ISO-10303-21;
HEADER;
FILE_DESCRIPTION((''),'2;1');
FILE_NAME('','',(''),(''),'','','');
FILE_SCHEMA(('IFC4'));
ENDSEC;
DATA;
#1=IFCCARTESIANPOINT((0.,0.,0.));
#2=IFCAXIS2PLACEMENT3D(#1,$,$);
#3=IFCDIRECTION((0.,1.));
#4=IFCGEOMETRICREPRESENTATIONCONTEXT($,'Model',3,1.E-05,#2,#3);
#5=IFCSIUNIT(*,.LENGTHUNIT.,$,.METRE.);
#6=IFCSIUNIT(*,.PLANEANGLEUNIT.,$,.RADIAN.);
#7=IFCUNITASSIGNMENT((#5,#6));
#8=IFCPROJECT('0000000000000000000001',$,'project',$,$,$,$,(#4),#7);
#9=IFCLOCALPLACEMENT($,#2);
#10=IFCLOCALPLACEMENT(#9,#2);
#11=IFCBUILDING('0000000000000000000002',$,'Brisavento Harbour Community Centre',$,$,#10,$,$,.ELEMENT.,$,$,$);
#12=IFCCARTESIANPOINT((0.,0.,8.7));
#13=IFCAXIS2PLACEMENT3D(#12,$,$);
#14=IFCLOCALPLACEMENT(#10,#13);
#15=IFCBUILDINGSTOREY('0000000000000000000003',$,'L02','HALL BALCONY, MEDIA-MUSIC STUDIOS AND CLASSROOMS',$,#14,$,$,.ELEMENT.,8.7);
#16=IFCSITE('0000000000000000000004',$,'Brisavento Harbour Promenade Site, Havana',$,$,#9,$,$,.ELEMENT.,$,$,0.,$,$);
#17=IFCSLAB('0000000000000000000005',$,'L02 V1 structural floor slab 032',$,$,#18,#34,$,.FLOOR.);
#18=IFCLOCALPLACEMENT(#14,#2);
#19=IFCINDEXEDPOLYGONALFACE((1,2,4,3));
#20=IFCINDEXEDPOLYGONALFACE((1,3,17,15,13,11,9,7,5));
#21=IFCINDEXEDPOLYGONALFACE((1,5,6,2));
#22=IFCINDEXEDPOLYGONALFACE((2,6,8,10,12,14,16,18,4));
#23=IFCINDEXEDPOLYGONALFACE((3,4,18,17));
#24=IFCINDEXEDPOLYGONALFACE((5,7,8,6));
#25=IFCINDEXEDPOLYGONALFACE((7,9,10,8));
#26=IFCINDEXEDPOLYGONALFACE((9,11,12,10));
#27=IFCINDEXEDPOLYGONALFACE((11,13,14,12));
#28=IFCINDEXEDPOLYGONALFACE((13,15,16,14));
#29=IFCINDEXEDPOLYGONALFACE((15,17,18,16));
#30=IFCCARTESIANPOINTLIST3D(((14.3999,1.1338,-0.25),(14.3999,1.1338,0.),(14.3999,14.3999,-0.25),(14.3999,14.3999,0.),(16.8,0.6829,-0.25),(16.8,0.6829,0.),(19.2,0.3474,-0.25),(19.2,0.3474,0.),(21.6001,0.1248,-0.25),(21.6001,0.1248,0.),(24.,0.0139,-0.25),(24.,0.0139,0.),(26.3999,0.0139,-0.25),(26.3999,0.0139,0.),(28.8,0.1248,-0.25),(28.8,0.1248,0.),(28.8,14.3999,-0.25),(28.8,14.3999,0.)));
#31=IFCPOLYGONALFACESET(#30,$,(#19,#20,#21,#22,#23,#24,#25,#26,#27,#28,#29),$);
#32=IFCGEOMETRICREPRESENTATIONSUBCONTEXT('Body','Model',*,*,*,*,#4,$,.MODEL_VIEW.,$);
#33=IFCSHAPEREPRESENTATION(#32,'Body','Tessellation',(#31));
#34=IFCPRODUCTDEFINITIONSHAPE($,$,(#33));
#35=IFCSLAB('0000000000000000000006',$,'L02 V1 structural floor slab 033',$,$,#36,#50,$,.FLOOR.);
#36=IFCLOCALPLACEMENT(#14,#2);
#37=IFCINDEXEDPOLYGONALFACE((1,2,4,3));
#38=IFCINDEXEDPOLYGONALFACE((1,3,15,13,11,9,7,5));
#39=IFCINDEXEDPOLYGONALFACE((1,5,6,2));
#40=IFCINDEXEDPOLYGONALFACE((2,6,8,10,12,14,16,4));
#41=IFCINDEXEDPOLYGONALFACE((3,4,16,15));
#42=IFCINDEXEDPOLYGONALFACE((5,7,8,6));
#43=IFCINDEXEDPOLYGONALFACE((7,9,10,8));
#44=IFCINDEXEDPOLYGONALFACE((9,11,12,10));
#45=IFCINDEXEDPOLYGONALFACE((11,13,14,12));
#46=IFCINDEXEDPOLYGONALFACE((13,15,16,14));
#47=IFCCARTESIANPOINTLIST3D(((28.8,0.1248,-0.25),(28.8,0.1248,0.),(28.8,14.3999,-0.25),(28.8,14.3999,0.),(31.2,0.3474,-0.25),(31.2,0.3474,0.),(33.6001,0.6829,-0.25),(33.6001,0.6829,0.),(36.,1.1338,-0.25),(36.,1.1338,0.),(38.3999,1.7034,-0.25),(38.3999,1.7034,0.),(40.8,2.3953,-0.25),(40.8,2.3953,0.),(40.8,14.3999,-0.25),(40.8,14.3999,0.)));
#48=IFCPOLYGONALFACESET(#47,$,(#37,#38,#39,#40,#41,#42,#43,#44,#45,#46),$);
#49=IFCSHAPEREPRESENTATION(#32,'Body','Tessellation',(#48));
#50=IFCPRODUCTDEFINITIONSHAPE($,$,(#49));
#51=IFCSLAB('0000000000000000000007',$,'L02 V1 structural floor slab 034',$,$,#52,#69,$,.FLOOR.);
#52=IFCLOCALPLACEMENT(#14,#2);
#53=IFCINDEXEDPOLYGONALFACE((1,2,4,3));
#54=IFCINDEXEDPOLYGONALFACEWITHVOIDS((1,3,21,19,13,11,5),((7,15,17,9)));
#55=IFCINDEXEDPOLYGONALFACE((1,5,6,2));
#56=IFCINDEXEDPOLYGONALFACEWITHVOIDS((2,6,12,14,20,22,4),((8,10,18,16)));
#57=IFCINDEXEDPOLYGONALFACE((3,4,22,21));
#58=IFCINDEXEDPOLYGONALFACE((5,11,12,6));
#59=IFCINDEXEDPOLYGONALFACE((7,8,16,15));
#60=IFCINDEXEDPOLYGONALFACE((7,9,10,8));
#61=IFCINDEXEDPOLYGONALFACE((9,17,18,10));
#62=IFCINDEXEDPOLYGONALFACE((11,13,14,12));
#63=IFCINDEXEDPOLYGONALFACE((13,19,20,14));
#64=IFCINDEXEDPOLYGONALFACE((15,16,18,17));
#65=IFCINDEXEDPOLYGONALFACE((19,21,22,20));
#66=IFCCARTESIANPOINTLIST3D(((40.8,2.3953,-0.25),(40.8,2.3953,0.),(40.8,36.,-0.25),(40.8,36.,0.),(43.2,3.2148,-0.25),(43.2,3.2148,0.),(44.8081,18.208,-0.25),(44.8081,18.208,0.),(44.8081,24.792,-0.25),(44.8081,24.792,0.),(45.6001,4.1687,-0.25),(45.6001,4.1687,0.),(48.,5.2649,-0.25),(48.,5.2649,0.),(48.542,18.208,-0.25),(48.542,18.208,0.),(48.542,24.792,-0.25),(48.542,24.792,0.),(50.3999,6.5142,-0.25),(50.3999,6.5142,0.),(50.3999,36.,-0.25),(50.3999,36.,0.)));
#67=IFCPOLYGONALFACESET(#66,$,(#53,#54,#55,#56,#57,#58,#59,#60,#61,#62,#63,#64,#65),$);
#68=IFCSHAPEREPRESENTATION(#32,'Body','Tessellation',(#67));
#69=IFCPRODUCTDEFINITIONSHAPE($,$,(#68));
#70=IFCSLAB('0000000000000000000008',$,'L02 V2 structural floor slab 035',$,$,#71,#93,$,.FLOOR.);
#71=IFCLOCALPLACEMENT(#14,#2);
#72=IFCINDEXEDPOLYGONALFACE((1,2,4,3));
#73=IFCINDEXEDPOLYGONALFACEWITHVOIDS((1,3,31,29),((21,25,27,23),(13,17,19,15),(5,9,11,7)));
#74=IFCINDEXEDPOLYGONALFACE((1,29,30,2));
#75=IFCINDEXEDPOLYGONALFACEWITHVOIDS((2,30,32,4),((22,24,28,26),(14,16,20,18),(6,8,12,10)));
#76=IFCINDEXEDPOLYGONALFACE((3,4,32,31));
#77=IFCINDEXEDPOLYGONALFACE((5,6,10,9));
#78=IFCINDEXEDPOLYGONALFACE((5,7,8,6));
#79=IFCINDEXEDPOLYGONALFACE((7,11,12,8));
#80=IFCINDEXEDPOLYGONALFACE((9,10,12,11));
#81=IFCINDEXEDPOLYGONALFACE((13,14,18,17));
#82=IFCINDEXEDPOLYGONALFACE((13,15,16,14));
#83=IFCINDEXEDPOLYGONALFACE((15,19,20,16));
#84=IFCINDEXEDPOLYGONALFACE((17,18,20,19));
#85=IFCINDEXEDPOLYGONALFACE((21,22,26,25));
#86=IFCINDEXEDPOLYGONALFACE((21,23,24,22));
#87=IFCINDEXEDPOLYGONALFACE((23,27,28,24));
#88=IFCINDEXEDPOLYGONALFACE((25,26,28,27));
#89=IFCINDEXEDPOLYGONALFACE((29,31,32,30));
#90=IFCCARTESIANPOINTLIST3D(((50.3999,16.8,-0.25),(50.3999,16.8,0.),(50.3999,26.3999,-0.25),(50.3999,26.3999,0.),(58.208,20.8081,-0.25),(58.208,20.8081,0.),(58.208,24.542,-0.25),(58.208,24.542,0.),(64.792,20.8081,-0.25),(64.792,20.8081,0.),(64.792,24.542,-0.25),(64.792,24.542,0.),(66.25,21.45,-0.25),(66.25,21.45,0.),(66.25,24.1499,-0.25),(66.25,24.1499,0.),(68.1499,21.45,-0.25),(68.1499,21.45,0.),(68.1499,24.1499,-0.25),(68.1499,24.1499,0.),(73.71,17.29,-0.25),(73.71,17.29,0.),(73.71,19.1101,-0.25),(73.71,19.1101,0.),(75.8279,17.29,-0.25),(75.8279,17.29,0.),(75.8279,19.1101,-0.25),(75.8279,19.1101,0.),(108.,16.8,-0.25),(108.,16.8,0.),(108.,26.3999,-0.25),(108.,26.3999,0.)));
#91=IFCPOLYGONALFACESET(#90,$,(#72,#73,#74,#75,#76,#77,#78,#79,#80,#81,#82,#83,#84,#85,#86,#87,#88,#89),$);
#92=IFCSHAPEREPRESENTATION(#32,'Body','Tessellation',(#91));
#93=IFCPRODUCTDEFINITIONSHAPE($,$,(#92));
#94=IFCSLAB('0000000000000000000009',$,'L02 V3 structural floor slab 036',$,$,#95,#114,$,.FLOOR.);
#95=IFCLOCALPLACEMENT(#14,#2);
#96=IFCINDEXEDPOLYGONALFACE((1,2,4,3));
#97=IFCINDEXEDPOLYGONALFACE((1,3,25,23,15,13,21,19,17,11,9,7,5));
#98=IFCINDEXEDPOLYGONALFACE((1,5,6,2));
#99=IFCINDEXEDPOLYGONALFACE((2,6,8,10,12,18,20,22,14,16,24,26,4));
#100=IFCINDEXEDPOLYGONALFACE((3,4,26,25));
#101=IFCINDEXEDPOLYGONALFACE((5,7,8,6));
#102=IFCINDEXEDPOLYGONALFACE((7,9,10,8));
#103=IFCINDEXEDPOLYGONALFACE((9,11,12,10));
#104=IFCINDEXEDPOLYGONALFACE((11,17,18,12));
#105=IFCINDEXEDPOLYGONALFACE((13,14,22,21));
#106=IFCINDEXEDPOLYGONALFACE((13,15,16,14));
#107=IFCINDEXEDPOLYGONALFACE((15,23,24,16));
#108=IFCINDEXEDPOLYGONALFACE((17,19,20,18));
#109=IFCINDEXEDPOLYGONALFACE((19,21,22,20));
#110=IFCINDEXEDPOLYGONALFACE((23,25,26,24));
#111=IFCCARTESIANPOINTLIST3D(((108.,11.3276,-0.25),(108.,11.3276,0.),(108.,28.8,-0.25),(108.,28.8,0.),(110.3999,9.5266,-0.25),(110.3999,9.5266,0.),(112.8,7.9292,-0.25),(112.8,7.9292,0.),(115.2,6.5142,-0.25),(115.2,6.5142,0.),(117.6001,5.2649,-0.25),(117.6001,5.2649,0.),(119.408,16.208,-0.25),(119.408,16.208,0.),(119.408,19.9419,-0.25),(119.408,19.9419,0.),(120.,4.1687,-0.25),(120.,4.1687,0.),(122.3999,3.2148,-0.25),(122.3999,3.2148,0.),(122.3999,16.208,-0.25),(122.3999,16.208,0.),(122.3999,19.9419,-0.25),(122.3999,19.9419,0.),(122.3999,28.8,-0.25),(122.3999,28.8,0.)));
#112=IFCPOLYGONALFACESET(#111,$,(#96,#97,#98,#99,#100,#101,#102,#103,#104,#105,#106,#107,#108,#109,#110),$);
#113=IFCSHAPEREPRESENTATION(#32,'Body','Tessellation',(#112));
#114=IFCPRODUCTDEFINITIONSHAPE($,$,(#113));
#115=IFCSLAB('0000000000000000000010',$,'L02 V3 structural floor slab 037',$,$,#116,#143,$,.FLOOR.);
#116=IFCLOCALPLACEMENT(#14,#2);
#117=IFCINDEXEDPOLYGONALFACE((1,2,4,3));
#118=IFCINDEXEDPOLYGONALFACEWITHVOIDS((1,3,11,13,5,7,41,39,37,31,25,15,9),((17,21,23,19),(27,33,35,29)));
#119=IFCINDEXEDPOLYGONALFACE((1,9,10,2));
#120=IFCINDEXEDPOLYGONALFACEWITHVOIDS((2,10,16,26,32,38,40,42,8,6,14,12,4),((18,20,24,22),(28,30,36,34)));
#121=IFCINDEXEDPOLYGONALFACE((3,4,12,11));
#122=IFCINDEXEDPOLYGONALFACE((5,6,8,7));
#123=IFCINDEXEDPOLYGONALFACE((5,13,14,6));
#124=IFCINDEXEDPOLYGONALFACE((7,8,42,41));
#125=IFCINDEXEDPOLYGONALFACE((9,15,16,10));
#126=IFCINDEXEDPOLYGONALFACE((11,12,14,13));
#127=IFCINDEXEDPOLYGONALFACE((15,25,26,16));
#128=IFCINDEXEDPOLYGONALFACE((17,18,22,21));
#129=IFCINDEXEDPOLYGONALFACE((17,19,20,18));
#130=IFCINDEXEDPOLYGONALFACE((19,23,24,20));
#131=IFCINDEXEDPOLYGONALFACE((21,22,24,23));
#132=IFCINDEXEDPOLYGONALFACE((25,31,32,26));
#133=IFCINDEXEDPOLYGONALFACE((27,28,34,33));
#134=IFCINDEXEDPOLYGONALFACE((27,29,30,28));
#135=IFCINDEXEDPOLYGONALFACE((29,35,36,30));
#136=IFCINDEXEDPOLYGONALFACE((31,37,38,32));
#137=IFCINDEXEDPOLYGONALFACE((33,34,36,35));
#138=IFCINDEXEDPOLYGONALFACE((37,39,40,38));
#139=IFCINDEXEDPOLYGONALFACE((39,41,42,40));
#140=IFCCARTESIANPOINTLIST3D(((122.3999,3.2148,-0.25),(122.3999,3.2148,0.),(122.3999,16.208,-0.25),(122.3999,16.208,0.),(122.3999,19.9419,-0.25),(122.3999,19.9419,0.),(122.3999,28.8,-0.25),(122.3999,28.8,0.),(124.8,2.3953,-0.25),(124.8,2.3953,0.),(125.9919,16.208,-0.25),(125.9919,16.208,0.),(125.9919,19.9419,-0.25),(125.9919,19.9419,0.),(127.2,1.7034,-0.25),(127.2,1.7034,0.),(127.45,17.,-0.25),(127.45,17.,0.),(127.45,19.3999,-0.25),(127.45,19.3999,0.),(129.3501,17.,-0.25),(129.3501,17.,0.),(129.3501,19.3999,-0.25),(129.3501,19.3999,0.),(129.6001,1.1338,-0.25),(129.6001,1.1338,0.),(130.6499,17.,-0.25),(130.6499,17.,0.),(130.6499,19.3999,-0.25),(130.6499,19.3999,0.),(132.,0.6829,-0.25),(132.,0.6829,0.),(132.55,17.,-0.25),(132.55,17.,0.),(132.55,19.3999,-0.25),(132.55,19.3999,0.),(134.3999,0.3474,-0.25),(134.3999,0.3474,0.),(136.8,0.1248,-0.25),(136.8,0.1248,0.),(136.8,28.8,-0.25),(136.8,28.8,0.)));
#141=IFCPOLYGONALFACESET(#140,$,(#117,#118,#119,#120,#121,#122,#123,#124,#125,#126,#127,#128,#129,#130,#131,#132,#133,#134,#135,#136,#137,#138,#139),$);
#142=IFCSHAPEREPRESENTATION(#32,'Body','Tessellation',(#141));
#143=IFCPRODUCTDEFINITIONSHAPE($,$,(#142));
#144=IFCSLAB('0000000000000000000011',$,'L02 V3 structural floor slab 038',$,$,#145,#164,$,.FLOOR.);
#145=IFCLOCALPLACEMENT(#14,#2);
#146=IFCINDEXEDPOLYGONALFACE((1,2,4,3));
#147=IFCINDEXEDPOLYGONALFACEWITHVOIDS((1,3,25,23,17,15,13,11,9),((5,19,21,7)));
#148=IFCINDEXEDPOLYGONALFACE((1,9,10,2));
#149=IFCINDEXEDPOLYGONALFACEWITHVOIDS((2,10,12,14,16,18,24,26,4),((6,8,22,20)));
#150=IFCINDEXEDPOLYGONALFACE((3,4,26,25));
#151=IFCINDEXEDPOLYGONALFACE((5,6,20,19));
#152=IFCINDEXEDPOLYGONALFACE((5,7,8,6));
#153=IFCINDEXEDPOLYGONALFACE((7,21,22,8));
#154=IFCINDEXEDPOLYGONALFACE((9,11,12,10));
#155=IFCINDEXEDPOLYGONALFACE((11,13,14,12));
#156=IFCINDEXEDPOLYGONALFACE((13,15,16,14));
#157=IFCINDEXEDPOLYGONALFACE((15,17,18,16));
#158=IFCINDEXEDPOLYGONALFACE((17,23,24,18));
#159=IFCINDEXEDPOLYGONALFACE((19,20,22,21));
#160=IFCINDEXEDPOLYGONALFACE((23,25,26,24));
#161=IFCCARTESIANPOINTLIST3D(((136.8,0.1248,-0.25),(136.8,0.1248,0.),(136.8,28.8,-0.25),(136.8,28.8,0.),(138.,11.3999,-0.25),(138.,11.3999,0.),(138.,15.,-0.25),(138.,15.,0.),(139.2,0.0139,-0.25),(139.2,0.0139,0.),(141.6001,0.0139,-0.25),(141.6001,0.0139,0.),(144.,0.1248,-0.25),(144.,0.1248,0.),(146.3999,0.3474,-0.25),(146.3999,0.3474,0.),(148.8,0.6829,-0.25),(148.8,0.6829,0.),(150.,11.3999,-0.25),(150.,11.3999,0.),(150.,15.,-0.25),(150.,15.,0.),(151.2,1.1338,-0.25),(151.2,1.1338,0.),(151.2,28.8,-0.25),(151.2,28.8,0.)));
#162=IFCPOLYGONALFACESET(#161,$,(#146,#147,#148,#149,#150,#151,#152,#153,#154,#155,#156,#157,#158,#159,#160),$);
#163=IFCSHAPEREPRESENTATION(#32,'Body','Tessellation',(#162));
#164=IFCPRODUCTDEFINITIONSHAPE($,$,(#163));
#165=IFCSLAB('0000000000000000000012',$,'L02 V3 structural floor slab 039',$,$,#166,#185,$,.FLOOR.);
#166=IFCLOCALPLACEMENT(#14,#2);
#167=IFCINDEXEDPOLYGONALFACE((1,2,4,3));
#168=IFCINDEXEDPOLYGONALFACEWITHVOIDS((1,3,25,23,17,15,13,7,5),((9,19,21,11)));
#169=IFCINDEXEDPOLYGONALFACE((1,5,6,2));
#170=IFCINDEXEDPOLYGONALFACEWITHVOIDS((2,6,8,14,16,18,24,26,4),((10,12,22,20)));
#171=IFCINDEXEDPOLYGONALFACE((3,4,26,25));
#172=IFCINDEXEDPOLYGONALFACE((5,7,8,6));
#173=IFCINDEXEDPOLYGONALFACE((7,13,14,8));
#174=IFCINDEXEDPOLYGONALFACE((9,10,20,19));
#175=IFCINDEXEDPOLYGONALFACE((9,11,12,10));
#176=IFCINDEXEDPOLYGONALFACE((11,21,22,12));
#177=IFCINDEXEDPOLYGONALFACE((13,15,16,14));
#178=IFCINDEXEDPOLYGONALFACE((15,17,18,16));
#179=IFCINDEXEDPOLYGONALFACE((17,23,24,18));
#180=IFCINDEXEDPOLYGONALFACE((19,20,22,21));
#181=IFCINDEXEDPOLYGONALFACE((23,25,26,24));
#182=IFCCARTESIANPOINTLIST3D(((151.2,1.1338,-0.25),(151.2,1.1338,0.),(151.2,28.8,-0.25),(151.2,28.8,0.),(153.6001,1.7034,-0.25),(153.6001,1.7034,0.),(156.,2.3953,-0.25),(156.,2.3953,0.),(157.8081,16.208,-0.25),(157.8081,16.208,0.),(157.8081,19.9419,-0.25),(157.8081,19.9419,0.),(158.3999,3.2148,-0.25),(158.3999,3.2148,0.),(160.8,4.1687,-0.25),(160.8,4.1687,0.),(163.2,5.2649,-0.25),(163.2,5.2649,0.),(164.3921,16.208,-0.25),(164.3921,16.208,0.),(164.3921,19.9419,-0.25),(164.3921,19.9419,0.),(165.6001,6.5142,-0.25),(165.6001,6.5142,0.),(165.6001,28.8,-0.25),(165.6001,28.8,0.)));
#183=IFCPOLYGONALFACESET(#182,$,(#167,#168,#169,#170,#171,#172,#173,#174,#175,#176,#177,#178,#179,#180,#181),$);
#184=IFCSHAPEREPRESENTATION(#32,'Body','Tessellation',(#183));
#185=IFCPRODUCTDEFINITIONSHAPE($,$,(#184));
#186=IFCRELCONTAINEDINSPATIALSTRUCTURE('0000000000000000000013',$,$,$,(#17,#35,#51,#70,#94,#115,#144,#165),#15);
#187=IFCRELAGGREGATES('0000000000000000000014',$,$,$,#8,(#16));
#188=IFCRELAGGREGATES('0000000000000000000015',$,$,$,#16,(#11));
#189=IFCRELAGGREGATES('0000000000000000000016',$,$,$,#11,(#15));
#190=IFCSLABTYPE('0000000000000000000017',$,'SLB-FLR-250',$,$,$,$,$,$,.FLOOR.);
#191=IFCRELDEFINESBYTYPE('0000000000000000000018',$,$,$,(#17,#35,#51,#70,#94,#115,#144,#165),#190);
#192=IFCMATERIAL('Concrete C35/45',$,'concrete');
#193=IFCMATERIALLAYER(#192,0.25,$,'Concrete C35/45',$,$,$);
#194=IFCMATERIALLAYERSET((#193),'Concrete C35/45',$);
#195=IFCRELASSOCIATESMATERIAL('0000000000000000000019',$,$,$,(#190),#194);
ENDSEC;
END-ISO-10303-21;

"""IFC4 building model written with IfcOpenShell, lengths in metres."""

from ifc_helpers import new_model, si_unit, direction, frame, origin, place, context, subcontext, project, spatial, polyline, outline, extrude, material, layer, layer_set, type_object, element, save


model = new_model("IFC4")

# Units and contexts
model_context = context("Model", 3, precision=1e-05, world=origin(), true_north=direction((0.0, 1.0)))
body_context = subcontext(model_context, "Body", "Model", "MODEL_VIEW")
ifc_project = project(units=[si_unit("LENGTHUNIT", "METRE"), si_unit("PLANEANGLEUNIT", "RADIAN")], contexts=[model_context])

# Site, building, storey
site_placement = place(None, origin())
site = spatial("IfcSite", under=ifc_project, at=site_placement, Name="Brisavento Harbour Promenade Site, Havana", CompositionType="ELEMENT", RefElevation=0.0)
building_placement = place(site_placement, origin())
building = spatial("IfcBuilding", under=site, at=building_placement, Name="Brisavento Harbour Community Centre", CompositionType="ELEMENT")
storey_placement = place(building_placement, frame((0.0, 0.0, 8.7)))
storey = spatial("IfcBuildingStorey", under=building, at=storey_placement, Name="L02", Description="HALL BALCONY, MEDIA-MUSIC STUDIOS AND CLASSROOMS", CompositionType="ELEMENT", Elevation=8.7)

# Slabs
ifc_material_1 = material(Name="Concrete C35/45", Category="concrete")
ifc_layer_1 = layer(ifc_material_1, 0.25, Name="Concrete C35/45")
ifc_layer_set_1 = layer_set([ifc_layer_1], Name="Concrete C35/45")
slab_type_1 = type_object("IfcSlabType", Name="SLB-FLR-250", PredefinedType="FLOOR", material=ifc_layer_set_1)
slab_1_placement = place(storey_placement, frame((0.0, 0.0, -0.25)))
element("IfcSlab", 1, at=slab_1_placement, inside=storey, type_object=slab_type_1, Name="L02 V1 structural floor slab 032", PredefinedType="FLOOR", context=body_context, shape_type="SweptSolid", body=[
    extrude(outline(polyline([(14.3999, 14.3999), (14.3999, 1.1338), (16.8, 0.6829), (19.2, 0.3474), (21.6001, 0.1248), (24.0, 0.0139), (26.3999, 0.0139), (28.8, 0.1248), (28.8, 14.3999), (14.3999, 14.3999)])), origin(), (0.0, 0.0, 1.0), 0.25),
])
slab_2_placement = place(storey_placement, frame((0.0, 0.0, -0.25)))
element("IfcSlab", 2, at=slab_2_placement, inside=storey, type_object=slab_type_1, Name="L02 V1 structural floor slab 033", PredefinedType="FLOOR", context=body_context, shape_type="SweptSolid", body=[
    extrude(outline(polyline([(28.8, 14.3999), (28.8, 0.1248), (31.2, 0.3474), (33.6001, 0.6829), (36.0, 1.1338), (38.3999, 1.7034), (40.8, 2.3953), (40.8, 14.3999), (28.8, 14.3999)])), origin(), (0.0, 0.0, 1.0), 0.25),
])
slab_3_placement = place(storey_placement, frame((0.0, 0.0, -0.25)))
element("IfcSlab", 3, at=slab_3_placement, inside=storey, type_object=slab_type_1, Name="L02 V1 structural floor slab 034", PredefinedType="FLOOR", context=body_context, shape_type="SweptSolid", body=[
    extrude(outline(polyline([(40.8, 2.3953), (43.2, 3.2148), (45.6001, 4.1687), (48.0, 5.2649), (50.3999, 6.5142), (50.3999, 36.0), (40.8, 36.0), (40.8, 2.3953)]), holes=[polyline([(48.542, 24.792), (48.542, 18.208), (44.8081, 18.208), (44.8081, 24.792), (48.542, 24.792)])]), origin(), (0.0, 0.0, 1.0), 0.25),
])
slab_4_placement = place(storey_placement, frame((0.0, 0.0, -0.25)))
element("IfcSlab", 4, at=slab_4_placement, inside=storey, type_object=slab_type_1, Name="L02 V2 structural floor slab 035", PredefinedType="FLOOR", context=body_context, shape_type="SweptSolid", body=[
    extrude(outline(polyline([(50.3999, 16.8), (108.0, 16.8), (108.0, 26.3999), (50.3999, 26.3999), (50.3999, 16.8)]), holes=[polyline([(58.208, 20.8081), (58.208, 24.542), (64.792, 24.542), (64.792, 20.8081), (58.208, 20.8081)]), polyline([(68.1499, 21.45), (66.25, 21.45), (66.25, 24.1499), (68.1499, 24.1499), (68.1499, 21.45)]), polyline([(73.71, 17.29), (73.71, 19.1101), (75.8279, 19.1101), (75.8279, 17.29), (73.71, 17.29)])]), origin(), (0.0, 0.0, 1.0), 0.25),
])
slab_5_placement = place(storey_placement, frame((0.0, 0.0, -0.25)))
element("IfcSlab", 5, at=slab_5_placement, inside=storey, type_object=slab_type_1, Name="L02 V3 structural floor slab 036", PredefinedType="FLOOR", context=body_context, shape_type="SweptSolid", body=[
    extrude(outline(polyline([(108.0, 28.8), (108.0, 11.3276), (110.3999, 9.5266), (112.8, 7.9292), (115.2, 6.5142), (117.6001, 5.2649), (120.0, 4.1687), (122.3999, 3.2148), (122.3999, 16.208), (119.408, 16.208), (119.408, 19.9419), (122.3999, 19.9419), (122.3999, 28.8), (108.0, 28.8)])), origin(), (0.0, 0.0, 1.0), 0.25),
])
slab_6_placement = place(storey_placement, frame((0.0, 0.0, -0.25)))
element("IfcSlab", 6, at=slab_6_placement, inside=storey, type_object=slab_type_1, Name="L02 V3 structural floor slab 037", PredefinedType="FLOOR", context=body_context, shape_type="SweptSolid", body=[
    extrude(outline(polyline([(122.3999, 28.8), (122.3999, 19.9419), (125.9919, 19.9419), (125.9919, 16.208), (122.3999, 16.208), (122.3999, 3.2148), (124.8, 2.3953), (127.2, 1.7034), (129.6001, 1.1338), (132.0, 0.6829), (134.3999, 0.3474), (136.8, 0.1248), (136.8, 28.8), (122.3999, 28.8)]), holes=[polyline([(129.3501, 19.3999), (129.3501, 17.0), (127.45, 17.0), (127.45, 19.3999), (129.3501, 19.3999)]), polyline([(132.55, 17.0), (130.6499, 17.0), (130.6499, 19.3999), (132.55, 19.3999), (132.55, 17.0)])]), origin(), (0.0, 0.0, 1.0), 0.25),
])
slab_7_placement = place(storey_placement, frame((0.0, 0.0, -0.25)))
element("IfcSlab", 7, at=slab_7_placement, inside=storey, type_object=slab_type_1, Name="L02 V3 structural floor slab 038", PredefinedType="FLOOR", context=body_context, shape_type="SweptSolid", body=[
    extrude(outline(polyline([(136.8, 28.8), (136.8, 0.1248), (139.2, 0.0139), (141.6001, 0.0139), (144.0, 0.1248), (146.3999, 0.3474), (148.8, 0.6829), (151.2, 1.1338), (151.2, 28.8), (136.8, 28.8)]), holes=[polyline([(150.0, 15.0), (150.0, 11.3999), (138.0, 11.3999), (138.0, 15.0), (150.0, 15.0)])]), origin(), (0.0, 0.0, 1.0), 0.25),
])
slab_8_placement = place(storey_placement, frame((0.0, 0.0, -0.25)))
element("IfcSlab", 8, at=slab_8_placement, inside=storey, type_object=slab_type_1, Name="L02 V3 structural floor slab 039", PredefinedType="FLOOR", context=body_context, shape_type="SweptSolid", body=[
    extrude(outline(polyline([(151.2, 28.8), (151.2, 1.1338), (153.6001, 1.7034), (156.0, 2.3953), (158.3999, 3.2148), (160.8, 4.1687), (163.2, 5.2649), (165.6001, 6.5142), (165.6001, 28.8), (151.2, 28.8)]), holes=[polyline([(164.3921, 16.208), (157.8081, 16.208), (157.8081, 19.9419), (164.3921, 19.9419), (164.3921, 16.208)])]), origin(), (0.0, 0.0, 1.0), 0.25),
])

save(model, "model.ifc")
